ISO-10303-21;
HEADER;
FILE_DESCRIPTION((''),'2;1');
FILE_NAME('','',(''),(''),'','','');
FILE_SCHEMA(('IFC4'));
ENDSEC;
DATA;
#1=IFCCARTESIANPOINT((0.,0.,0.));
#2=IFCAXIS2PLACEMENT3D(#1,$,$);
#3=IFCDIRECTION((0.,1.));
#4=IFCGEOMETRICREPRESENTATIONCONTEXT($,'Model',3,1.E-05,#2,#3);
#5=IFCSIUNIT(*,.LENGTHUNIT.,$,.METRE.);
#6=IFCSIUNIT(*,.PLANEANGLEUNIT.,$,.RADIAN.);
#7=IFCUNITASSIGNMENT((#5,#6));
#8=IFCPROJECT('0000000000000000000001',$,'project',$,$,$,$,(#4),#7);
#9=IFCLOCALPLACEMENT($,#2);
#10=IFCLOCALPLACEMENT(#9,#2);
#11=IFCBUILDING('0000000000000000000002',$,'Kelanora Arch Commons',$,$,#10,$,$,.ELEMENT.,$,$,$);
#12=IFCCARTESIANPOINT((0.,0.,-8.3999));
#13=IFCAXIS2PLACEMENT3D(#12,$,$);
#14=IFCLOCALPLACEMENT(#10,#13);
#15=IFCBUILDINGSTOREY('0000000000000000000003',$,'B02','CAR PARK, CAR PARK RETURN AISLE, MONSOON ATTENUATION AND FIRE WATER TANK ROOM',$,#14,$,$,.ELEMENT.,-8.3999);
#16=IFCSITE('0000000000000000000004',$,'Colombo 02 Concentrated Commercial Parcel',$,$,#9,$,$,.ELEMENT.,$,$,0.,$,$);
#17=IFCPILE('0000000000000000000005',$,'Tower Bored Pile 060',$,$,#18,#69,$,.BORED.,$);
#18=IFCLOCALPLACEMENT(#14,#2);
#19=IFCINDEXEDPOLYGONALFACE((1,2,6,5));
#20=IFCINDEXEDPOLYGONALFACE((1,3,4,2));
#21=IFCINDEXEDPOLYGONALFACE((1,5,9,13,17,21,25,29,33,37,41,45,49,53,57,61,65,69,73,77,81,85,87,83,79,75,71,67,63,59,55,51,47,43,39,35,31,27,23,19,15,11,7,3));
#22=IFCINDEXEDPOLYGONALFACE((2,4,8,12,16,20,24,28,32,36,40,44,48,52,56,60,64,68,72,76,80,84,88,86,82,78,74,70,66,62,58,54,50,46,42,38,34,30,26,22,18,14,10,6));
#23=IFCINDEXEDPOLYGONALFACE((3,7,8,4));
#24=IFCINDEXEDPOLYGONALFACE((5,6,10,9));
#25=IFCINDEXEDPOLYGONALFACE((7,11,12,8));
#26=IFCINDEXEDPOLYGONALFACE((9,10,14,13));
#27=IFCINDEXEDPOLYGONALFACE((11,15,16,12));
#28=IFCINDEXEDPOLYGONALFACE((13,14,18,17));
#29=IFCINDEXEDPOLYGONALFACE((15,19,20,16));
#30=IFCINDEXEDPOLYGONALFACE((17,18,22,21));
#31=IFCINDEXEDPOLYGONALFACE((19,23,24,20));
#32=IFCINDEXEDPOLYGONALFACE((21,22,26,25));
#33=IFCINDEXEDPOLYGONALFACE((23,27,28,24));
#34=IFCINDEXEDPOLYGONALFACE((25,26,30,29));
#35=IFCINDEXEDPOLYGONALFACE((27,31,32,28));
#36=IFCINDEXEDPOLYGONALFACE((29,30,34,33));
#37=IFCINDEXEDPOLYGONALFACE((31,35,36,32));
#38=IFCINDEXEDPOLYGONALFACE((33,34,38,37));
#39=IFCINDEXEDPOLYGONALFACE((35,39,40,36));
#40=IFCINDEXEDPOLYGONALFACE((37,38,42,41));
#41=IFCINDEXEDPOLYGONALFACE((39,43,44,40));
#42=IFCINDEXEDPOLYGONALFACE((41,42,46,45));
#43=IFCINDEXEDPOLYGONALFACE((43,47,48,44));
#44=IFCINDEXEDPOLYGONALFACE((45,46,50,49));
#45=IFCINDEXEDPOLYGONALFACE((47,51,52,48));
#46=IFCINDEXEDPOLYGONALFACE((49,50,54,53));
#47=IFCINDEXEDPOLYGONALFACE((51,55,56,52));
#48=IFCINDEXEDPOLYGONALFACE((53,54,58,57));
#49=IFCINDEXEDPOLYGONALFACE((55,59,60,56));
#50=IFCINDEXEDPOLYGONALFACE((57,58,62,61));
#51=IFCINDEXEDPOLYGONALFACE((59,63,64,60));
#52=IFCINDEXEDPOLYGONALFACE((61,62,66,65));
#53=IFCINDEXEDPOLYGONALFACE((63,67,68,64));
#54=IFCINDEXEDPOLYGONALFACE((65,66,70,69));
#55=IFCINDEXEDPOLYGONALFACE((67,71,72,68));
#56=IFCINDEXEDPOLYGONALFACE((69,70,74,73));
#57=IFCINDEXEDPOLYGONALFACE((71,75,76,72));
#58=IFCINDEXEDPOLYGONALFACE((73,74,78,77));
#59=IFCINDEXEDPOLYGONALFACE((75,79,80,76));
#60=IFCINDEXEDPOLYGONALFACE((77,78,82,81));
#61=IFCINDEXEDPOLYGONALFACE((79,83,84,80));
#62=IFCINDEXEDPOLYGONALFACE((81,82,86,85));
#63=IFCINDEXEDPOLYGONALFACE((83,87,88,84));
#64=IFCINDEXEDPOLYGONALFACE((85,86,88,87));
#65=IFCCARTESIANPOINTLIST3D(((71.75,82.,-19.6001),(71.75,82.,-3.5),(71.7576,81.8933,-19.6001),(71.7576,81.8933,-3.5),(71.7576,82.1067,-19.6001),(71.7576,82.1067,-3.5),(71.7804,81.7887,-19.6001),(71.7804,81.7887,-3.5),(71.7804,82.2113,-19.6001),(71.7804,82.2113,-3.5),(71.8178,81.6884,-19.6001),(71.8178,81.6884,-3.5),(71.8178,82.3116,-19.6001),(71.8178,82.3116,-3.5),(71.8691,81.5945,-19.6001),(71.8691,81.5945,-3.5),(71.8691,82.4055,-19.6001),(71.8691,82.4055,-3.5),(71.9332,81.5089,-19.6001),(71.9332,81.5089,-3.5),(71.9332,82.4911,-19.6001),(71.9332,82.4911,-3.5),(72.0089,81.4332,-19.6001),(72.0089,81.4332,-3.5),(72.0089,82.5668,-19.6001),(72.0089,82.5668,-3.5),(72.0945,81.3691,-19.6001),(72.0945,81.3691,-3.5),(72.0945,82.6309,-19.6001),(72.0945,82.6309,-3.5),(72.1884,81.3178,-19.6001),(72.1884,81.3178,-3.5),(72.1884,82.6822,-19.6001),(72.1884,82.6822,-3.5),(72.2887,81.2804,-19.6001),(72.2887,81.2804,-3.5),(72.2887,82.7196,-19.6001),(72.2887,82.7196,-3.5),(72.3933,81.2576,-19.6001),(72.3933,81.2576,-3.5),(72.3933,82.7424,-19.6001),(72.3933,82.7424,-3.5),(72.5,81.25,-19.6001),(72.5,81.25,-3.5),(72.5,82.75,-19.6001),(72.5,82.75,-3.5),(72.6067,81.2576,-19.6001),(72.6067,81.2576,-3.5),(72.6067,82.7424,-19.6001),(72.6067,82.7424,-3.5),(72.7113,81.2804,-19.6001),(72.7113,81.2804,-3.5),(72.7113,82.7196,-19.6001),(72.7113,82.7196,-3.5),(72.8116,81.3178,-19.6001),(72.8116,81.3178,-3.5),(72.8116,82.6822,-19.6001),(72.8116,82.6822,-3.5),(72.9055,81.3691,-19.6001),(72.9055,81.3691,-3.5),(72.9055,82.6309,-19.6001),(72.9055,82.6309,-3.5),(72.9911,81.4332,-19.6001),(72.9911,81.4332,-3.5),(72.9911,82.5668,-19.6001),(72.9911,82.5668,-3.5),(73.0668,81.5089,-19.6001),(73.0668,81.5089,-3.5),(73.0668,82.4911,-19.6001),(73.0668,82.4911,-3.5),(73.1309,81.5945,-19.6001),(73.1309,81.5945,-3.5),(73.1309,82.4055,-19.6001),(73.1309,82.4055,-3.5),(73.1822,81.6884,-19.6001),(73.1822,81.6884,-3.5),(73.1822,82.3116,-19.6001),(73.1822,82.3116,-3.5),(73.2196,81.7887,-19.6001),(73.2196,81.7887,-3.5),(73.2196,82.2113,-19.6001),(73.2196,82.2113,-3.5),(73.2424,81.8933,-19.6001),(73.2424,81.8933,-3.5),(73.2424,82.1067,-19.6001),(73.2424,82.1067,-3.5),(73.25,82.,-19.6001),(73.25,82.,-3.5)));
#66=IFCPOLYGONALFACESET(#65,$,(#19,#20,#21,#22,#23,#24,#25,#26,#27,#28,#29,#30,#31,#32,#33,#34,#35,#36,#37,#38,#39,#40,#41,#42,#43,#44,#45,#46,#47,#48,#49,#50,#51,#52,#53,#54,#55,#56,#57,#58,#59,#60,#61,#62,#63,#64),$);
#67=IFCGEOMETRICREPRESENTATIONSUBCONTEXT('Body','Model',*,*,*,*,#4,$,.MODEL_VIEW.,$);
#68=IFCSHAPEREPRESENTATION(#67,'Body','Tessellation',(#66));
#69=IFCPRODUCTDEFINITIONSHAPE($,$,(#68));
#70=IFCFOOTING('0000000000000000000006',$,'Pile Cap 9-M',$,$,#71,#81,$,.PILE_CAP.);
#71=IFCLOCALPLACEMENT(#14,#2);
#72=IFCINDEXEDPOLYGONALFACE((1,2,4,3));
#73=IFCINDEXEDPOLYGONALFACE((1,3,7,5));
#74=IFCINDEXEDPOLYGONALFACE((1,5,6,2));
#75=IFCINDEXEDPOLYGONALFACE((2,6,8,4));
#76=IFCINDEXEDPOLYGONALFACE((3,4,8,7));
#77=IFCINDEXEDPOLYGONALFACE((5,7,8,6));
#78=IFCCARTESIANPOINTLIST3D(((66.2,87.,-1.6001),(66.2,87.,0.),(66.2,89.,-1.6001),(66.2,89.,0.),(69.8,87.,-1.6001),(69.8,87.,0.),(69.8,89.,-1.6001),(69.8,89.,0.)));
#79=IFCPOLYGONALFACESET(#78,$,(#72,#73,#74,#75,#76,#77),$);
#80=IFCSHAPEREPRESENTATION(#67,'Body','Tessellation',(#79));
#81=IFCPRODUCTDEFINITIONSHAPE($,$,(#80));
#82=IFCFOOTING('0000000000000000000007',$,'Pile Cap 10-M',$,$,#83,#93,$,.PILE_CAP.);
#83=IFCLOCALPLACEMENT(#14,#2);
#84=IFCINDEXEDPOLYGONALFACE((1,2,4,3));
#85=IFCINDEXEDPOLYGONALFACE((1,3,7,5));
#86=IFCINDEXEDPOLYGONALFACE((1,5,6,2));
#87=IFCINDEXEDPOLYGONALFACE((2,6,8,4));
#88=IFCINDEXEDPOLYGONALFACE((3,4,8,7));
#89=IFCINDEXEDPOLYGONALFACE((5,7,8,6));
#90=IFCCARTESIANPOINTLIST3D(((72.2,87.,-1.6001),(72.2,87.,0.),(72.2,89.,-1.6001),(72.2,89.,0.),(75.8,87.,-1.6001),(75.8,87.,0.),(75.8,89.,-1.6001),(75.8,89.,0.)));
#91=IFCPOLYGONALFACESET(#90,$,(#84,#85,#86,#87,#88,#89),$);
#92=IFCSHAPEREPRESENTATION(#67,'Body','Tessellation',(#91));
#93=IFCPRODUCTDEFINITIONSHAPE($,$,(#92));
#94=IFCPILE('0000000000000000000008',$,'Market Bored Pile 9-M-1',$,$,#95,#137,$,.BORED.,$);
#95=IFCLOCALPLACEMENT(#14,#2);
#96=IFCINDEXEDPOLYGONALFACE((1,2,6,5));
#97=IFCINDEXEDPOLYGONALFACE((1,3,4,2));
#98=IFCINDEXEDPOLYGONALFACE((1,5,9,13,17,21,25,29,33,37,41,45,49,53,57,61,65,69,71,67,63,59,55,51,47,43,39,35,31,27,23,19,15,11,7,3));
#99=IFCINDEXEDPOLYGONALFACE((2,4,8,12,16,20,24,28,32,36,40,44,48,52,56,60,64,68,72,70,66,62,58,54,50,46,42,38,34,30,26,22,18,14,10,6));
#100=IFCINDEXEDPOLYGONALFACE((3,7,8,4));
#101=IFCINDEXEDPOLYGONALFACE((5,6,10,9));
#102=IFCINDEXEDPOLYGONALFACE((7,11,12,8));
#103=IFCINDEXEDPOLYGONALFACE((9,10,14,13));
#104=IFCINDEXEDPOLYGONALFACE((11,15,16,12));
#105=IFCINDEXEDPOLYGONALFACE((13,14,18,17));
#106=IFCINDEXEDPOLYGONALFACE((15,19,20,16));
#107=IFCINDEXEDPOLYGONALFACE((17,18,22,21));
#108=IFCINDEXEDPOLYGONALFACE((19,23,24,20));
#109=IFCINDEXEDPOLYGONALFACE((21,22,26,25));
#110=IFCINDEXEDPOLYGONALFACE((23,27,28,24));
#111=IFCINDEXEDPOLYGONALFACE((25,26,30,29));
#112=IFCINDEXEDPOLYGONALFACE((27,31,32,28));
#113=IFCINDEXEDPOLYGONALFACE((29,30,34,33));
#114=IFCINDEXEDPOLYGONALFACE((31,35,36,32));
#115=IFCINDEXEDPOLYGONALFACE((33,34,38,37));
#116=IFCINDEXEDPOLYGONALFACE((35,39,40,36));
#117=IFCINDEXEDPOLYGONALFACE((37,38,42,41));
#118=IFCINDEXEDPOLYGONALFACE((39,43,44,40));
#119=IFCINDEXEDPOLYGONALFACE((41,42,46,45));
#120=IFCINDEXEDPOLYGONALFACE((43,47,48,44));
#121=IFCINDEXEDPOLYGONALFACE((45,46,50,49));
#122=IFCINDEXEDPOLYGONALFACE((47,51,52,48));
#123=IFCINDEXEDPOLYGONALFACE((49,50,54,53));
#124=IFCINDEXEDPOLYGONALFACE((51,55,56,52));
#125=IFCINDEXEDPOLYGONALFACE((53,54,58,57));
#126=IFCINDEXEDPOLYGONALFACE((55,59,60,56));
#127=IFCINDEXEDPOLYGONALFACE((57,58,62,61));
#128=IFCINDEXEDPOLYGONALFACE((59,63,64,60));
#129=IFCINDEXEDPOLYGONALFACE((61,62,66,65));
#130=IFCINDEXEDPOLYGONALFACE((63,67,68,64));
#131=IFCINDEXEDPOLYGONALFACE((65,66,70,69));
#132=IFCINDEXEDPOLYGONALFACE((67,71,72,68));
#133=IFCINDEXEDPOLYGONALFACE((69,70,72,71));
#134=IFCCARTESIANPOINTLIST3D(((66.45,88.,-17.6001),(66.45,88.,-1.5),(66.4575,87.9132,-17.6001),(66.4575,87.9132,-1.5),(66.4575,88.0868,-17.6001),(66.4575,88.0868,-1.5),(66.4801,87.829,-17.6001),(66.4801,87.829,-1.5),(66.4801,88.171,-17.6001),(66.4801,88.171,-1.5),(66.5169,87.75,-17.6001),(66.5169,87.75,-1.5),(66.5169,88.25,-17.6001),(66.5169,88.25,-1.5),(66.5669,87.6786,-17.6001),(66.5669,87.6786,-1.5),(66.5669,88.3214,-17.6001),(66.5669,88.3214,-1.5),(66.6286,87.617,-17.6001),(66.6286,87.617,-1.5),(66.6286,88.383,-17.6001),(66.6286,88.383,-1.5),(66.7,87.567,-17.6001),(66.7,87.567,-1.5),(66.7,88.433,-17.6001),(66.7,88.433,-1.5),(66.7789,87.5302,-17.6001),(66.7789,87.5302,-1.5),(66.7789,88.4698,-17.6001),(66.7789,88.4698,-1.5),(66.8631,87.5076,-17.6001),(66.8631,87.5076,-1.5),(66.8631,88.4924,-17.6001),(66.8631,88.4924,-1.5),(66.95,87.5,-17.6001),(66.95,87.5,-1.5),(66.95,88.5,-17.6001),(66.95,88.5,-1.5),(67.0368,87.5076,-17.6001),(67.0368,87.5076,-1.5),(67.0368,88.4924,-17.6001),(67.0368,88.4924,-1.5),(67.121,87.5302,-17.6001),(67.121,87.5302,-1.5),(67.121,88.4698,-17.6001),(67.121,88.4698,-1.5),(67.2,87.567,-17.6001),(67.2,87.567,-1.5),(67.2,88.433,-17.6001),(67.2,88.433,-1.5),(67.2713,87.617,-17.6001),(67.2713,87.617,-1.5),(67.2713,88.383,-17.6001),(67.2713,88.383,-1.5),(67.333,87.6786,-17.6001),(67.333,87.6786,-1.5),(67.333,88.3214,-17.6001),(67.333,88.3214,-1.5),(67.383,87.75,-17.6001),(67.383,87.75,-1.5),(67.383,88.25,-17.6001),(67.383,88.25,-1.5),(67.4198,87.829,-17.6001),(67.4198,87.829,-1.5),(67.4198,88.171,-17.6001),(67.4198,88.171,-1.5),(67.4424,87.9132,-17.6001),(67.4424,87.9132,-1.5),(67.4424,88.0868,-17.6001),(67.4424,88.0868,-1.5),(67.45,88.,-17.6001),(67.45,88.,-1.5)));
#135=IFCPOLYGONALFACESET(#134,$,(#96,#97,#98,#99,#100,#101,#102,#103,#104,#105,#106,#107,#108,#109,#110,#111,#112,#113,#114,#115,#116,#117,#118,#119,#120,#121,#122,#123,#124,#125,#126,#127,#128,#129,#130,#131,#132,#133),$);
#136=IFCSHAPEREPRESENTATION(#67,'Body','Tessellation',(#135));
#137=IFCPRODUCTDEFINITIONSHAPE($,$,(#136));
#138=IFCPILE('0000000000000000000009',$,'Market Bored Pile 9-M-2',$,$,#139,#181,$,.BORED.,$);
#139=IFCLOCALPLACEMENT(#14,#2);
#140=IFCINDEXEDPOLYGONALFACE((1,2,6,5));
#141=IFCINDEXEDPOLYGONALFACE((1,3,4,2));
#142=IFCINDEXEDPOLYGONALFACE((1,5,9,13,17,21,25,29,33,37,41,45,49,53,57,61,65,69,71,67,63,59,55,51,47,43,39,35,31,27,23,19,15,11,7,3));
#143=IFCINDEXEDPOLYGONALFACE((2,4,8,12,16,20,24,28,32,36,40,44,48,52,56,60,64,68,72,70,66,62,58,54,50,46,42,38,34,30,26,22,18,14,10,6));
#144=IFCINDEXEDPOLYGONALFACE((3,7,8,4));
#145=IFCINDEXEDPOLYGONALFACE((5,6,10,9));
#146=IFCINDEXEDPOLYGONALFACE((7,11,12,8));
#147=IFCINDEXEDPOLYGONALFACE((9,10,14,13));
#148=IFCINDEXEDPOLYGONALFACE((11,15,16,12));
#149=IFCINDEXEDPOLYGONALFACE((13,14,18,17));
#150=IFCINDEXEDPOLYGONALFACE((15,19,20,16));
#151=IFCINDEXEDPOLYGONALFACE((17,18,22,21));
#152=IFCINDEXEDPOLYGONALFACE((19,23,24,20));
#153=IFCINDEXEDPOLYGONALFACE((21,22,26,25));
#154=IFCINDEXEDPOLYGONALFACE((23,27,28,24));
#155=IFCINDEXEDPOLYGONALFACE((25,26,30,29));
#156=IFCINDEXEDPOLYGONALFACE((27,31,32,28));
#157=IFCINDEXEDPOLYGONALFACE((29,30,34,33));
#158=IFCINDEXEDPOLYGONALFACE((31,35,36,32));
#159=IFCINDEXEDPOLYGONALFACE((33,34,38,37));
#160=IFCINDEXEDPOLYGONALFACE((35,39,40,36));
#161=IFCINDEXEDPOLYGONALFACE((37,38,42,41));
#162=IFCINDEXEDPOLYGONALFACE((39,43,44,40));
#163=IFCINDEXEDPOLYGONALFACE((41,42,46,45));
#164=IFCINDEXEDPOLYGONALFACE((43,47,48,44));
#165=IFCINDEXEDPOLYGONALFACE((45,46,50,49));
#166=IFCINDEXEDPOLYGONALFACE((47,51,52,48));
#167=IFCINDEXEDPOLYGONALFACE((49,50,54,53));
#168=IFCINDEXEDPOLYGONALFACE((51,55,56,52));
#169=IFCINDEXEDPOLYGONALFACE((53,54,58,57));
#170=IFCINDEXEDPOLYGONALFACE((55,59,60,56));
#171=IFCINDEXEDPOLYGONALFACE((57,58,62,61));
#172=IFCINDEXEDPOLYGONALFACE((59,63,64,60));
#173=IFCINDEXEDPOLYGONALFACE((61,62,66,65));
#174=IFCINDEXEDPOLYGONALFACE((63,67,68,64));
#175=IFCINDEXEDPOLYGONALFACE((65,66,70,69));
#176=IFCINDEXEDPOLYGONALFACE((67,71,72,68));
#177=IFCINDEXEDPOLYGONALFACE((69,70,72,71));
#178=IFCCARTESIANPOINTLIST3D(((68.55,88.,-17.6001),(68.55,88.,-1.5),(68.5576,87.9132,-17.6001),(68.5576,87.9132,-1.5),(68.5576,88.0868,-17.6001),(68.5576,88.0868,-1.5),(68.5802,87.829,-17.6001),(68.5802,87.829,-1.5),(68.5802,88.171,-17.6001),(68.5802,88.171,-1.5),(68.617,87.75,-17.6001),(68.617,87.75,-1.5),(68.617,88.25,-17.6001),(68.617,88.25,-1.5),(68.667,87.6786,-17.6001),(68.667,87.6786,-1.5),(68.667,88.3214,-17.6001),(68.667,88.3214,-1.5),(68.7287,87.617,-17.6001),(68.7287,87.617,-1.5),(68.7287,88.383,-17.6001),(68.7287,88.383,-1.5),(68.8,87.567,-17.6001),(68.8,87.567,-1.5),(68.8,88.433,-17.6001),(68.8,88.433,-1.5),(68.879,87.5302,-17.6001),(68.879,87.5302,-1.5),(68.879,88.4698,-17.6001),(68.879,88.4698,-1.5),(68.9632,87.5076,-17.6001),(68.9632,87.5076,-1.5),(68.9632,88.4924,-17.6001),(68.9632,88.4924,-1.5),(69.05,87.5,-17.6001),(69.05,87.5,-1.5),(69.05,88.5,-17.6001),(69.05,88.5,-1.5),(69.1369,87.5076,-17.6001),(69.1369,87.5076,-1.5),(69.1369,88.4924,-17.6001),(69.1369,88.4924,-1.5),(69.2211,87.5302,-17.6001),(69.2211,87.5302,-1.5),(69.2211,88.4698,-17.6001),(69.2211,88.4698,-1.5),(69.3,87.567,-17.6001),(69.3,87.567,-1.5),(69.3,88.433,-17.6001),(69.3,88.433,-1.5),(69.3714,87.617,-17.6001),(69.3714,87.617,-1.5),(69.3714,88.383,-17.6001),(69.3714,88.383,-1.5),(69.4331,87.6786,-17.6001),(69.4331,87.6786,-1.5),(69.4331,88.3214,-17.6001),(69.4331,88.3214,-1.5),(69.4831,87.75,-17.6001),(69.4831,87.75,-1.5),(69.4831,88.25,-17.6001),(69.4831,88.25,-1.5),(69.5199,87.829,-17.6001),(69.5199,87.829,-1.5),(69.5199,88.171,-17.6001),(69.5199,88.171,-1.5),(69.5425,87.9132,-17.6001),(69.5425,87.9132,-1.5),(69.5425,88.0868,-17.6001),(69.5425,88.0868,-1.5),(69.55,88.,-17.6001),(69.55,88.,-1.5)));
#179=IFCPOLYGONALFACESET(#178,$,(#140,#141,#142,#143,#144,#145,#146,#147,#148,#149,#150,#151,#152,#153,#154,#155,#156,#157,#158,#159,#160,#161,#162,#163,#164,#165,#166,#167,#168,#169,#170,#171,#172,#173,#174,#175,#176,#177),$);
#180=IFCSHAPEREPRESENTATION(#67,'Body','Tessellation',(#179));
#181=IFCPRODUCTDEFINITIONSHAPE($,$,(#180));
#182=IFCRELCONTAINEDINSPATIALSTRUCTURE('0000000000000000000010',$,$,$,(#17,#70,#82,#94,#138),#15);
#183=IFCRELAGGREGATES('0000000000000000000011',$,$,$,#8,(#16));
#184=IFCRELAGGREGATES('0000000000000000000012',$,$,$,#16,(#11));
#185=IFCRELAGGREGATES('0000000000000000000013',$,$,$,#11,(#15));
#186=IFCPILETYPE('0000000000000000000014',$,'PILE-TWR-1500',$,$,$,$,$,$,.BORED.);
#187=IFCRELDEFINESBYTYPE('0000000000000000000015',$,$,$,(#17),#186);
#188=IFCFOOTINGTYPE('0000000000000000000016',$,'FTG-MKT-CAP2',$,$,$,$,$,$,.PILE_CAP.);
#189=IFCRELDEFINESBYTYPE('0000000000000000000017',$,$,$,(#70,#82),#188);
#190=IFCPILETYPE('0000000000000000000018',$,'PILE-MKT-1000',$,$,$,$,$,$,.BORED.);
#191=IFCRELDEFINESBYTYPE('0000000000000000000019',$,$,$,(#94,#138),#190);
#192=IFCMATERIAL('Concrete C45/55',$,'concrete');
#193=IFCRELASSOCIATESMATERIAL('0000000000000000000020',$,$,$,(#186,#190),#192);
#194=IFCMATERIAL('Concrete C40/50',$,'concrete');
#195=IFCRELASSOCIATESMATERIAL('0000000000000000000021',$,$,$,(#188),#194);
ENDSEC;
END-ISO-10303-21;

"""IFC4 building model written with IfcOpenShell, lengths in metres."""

from ifc_helpers import new_model, si_unit, direction, frame, origin, origin_2d, place, context, subcontext, project, spatial, rectangle, circle, extrude, source, transform, mapped, material, material_profile, profile_set, type_object, element, save


model = new_model("IFC4")

# Units and contexts
model_context = context("Model", 3, precision=1e-05, world=origin(), true_north=direction((0.0, 1.0)))
body_context = subcontext(model_context, "Body", "Model", "MODEL_VIEW")
ifc_project = project(units=[si_unit("LENGTHUNIT", "METRE"), si_unit("PLANEANGLEUNIT", "RADIAN")], contexts=[model_context])

# Site, building, storey
site_placement = place(None, origin())
site = spatial("IfcSite", under=ifc_project, at=site_placement, Name="Colombo 02 Concentrated Commercial Parcel", CompositionType="ELEMENT", RefElevation=0.0)
building_placement = place(site_placement, origin())
building = spatial("IfcBuilding", under=site, at=building_placement, Name="Kelanora Arch Commons", CompositionType="ELEMENT")
storey_placement = place(building_placement, frame((0.0, 0.0, -8.3999)))
storey = spatial("IfcBuildingStorey", under=building, at=storey_placement, Name="B02", Description="CAR PARK, CAR PARK RETURN AISLE, MONSOON ATTENUATION AND FIRE WATER TANK ROOM", CompositionType="ELEMENT", Elevation=-8.3999)

# Pile
ifc_material_1 = material(Name="Concrete C45/55", Category="concrete")
ifc_material_profile_1 = material_profile(ifc_material_1, circle(Radius=0.75, at=origin_2d()), Name="PILE1500")
ifc_profile_set_1 = profile_set([ifc_material_profile_1], Name="Concrete C45/55")
pile_type_1 = type_object("IfcPileType", Name="PILE-TWR-1500", PredefinedType="BORED", material=ifc_profile_set_1)
shared_shape_1 = source(origin(), body_context, "Body", "SweptSolid", [
    extrude(circle(Radius=0.75, at=origin_2d()), origin(), (0.0, 0.0, 1.0), 16.1001),
])
for number, where, z_axis, x_axis, name in (
    (1, (72.5, 82.0, -3.5), (0.0, 0.0, -1.0), (1.0, 0.0, 0.0), "Tower Bored Pile 060"),
):
    element("IfcPile", number, at=place(storey_placement, frame(where, z_axis=z_axis, x_axis=x_axis)), inside=storey, type_object=pile_type_1, Name=name, PredefinedType="BORED", context=body_context, shape_type="MappedRepresentation", body=[
        mapped(shared_shape_1, transform((0.0, 0.0, 0.0), scale=1.0)),
    ])

# Footings
ifc_material_2 = material(Name="Concrete C40/50", Category="concrete")
footing_type_1 = type_object("IfcFootingType", Name="FTG-MKT-CAP2", PredefinedType="PILE_CAP", material=ifc_material_2)
shared_shape_2 = source(origin(), body_context, "Body", "SweptSolid", [
    extrude(rectangle(XDim=3.6001, YDim=2.0, at=origin_2d()), origin(), (0.0, 0.0, 1.0), 1.6001),
])
for number, where, z_axis, x_axis, name in (
    (2, (68.0, 88.0, -1.6001), (0.0, 0.0, 1.0), (1.0, 0.0, 0.0), "Pile Cap 9-M"),
    (3, (74.0, 88.0, -1.6001), (0.0, 0.0, 1.0), (1.0, 0.0, 0.0), "Pile Cap 10-M"),
):
    element("IfcFooting", number, at=place(storey_placement, frame(where, z_axis=z_axis, x_axis=x_axis)), inside=storey, type_object=footing_type_1, Name=name, PredefinedType="PILE_CAP", context=body_context, shape_type="MappedRepresentation", body=[
        mapped(shared_shape_2, transform((0.0, 0.0, 0.0), scale=1.0)),
    ])

# Piles
ifc_material_profile_2 = material_profile(ifc_material_1, circle(Radius=0.5, at=origin_2d()), Name="PILE1000")
ifc_profile_set_2 = profile_set([ifc_material_profile_2], Name="Concrete C45/55")
pile_type_2 = type_object("IfcPileType", Name="PILE-MKT-1000", PredefinedType="BORED", material=ifc_profile_set_2)
shared_shape_3 = source(origin(), body_context, "Body", "SweptSolid", [
    extrude(circle(Radius=0.5, at=origin_2d()), origin(), (0.0, 0.0, 1.0), 16.1001),
])
for number, where, z_axis, x_axis, name in (
    (4, (66.95, 88.0, -1.5), (0.0, 0.0, -1.0), (1.0, 0.0, 0.0), "Market Bored Pile 9-M-1"),
    (5, (69.05, 88.0, -1.5), (0.0, 0.0, -1.0), (1.0, 0.0, 0.0), "Market Bored Pile 9-M-2"),
):
    element("IfcPile", number, at=place(storey_placement, frame(where, z_axis=z_axis, x_axis=x_axis)), inside=storey, type_object=pile_type_2, Name=name, PredefinedType="BORED", context=body_context, shape_type="MappedRepresentation", body=[
        mapped(shared_shape_3, transform((0.0, 0.0, 0.0), scale=1.0)),
    ])

save(model, "model.ifc")
